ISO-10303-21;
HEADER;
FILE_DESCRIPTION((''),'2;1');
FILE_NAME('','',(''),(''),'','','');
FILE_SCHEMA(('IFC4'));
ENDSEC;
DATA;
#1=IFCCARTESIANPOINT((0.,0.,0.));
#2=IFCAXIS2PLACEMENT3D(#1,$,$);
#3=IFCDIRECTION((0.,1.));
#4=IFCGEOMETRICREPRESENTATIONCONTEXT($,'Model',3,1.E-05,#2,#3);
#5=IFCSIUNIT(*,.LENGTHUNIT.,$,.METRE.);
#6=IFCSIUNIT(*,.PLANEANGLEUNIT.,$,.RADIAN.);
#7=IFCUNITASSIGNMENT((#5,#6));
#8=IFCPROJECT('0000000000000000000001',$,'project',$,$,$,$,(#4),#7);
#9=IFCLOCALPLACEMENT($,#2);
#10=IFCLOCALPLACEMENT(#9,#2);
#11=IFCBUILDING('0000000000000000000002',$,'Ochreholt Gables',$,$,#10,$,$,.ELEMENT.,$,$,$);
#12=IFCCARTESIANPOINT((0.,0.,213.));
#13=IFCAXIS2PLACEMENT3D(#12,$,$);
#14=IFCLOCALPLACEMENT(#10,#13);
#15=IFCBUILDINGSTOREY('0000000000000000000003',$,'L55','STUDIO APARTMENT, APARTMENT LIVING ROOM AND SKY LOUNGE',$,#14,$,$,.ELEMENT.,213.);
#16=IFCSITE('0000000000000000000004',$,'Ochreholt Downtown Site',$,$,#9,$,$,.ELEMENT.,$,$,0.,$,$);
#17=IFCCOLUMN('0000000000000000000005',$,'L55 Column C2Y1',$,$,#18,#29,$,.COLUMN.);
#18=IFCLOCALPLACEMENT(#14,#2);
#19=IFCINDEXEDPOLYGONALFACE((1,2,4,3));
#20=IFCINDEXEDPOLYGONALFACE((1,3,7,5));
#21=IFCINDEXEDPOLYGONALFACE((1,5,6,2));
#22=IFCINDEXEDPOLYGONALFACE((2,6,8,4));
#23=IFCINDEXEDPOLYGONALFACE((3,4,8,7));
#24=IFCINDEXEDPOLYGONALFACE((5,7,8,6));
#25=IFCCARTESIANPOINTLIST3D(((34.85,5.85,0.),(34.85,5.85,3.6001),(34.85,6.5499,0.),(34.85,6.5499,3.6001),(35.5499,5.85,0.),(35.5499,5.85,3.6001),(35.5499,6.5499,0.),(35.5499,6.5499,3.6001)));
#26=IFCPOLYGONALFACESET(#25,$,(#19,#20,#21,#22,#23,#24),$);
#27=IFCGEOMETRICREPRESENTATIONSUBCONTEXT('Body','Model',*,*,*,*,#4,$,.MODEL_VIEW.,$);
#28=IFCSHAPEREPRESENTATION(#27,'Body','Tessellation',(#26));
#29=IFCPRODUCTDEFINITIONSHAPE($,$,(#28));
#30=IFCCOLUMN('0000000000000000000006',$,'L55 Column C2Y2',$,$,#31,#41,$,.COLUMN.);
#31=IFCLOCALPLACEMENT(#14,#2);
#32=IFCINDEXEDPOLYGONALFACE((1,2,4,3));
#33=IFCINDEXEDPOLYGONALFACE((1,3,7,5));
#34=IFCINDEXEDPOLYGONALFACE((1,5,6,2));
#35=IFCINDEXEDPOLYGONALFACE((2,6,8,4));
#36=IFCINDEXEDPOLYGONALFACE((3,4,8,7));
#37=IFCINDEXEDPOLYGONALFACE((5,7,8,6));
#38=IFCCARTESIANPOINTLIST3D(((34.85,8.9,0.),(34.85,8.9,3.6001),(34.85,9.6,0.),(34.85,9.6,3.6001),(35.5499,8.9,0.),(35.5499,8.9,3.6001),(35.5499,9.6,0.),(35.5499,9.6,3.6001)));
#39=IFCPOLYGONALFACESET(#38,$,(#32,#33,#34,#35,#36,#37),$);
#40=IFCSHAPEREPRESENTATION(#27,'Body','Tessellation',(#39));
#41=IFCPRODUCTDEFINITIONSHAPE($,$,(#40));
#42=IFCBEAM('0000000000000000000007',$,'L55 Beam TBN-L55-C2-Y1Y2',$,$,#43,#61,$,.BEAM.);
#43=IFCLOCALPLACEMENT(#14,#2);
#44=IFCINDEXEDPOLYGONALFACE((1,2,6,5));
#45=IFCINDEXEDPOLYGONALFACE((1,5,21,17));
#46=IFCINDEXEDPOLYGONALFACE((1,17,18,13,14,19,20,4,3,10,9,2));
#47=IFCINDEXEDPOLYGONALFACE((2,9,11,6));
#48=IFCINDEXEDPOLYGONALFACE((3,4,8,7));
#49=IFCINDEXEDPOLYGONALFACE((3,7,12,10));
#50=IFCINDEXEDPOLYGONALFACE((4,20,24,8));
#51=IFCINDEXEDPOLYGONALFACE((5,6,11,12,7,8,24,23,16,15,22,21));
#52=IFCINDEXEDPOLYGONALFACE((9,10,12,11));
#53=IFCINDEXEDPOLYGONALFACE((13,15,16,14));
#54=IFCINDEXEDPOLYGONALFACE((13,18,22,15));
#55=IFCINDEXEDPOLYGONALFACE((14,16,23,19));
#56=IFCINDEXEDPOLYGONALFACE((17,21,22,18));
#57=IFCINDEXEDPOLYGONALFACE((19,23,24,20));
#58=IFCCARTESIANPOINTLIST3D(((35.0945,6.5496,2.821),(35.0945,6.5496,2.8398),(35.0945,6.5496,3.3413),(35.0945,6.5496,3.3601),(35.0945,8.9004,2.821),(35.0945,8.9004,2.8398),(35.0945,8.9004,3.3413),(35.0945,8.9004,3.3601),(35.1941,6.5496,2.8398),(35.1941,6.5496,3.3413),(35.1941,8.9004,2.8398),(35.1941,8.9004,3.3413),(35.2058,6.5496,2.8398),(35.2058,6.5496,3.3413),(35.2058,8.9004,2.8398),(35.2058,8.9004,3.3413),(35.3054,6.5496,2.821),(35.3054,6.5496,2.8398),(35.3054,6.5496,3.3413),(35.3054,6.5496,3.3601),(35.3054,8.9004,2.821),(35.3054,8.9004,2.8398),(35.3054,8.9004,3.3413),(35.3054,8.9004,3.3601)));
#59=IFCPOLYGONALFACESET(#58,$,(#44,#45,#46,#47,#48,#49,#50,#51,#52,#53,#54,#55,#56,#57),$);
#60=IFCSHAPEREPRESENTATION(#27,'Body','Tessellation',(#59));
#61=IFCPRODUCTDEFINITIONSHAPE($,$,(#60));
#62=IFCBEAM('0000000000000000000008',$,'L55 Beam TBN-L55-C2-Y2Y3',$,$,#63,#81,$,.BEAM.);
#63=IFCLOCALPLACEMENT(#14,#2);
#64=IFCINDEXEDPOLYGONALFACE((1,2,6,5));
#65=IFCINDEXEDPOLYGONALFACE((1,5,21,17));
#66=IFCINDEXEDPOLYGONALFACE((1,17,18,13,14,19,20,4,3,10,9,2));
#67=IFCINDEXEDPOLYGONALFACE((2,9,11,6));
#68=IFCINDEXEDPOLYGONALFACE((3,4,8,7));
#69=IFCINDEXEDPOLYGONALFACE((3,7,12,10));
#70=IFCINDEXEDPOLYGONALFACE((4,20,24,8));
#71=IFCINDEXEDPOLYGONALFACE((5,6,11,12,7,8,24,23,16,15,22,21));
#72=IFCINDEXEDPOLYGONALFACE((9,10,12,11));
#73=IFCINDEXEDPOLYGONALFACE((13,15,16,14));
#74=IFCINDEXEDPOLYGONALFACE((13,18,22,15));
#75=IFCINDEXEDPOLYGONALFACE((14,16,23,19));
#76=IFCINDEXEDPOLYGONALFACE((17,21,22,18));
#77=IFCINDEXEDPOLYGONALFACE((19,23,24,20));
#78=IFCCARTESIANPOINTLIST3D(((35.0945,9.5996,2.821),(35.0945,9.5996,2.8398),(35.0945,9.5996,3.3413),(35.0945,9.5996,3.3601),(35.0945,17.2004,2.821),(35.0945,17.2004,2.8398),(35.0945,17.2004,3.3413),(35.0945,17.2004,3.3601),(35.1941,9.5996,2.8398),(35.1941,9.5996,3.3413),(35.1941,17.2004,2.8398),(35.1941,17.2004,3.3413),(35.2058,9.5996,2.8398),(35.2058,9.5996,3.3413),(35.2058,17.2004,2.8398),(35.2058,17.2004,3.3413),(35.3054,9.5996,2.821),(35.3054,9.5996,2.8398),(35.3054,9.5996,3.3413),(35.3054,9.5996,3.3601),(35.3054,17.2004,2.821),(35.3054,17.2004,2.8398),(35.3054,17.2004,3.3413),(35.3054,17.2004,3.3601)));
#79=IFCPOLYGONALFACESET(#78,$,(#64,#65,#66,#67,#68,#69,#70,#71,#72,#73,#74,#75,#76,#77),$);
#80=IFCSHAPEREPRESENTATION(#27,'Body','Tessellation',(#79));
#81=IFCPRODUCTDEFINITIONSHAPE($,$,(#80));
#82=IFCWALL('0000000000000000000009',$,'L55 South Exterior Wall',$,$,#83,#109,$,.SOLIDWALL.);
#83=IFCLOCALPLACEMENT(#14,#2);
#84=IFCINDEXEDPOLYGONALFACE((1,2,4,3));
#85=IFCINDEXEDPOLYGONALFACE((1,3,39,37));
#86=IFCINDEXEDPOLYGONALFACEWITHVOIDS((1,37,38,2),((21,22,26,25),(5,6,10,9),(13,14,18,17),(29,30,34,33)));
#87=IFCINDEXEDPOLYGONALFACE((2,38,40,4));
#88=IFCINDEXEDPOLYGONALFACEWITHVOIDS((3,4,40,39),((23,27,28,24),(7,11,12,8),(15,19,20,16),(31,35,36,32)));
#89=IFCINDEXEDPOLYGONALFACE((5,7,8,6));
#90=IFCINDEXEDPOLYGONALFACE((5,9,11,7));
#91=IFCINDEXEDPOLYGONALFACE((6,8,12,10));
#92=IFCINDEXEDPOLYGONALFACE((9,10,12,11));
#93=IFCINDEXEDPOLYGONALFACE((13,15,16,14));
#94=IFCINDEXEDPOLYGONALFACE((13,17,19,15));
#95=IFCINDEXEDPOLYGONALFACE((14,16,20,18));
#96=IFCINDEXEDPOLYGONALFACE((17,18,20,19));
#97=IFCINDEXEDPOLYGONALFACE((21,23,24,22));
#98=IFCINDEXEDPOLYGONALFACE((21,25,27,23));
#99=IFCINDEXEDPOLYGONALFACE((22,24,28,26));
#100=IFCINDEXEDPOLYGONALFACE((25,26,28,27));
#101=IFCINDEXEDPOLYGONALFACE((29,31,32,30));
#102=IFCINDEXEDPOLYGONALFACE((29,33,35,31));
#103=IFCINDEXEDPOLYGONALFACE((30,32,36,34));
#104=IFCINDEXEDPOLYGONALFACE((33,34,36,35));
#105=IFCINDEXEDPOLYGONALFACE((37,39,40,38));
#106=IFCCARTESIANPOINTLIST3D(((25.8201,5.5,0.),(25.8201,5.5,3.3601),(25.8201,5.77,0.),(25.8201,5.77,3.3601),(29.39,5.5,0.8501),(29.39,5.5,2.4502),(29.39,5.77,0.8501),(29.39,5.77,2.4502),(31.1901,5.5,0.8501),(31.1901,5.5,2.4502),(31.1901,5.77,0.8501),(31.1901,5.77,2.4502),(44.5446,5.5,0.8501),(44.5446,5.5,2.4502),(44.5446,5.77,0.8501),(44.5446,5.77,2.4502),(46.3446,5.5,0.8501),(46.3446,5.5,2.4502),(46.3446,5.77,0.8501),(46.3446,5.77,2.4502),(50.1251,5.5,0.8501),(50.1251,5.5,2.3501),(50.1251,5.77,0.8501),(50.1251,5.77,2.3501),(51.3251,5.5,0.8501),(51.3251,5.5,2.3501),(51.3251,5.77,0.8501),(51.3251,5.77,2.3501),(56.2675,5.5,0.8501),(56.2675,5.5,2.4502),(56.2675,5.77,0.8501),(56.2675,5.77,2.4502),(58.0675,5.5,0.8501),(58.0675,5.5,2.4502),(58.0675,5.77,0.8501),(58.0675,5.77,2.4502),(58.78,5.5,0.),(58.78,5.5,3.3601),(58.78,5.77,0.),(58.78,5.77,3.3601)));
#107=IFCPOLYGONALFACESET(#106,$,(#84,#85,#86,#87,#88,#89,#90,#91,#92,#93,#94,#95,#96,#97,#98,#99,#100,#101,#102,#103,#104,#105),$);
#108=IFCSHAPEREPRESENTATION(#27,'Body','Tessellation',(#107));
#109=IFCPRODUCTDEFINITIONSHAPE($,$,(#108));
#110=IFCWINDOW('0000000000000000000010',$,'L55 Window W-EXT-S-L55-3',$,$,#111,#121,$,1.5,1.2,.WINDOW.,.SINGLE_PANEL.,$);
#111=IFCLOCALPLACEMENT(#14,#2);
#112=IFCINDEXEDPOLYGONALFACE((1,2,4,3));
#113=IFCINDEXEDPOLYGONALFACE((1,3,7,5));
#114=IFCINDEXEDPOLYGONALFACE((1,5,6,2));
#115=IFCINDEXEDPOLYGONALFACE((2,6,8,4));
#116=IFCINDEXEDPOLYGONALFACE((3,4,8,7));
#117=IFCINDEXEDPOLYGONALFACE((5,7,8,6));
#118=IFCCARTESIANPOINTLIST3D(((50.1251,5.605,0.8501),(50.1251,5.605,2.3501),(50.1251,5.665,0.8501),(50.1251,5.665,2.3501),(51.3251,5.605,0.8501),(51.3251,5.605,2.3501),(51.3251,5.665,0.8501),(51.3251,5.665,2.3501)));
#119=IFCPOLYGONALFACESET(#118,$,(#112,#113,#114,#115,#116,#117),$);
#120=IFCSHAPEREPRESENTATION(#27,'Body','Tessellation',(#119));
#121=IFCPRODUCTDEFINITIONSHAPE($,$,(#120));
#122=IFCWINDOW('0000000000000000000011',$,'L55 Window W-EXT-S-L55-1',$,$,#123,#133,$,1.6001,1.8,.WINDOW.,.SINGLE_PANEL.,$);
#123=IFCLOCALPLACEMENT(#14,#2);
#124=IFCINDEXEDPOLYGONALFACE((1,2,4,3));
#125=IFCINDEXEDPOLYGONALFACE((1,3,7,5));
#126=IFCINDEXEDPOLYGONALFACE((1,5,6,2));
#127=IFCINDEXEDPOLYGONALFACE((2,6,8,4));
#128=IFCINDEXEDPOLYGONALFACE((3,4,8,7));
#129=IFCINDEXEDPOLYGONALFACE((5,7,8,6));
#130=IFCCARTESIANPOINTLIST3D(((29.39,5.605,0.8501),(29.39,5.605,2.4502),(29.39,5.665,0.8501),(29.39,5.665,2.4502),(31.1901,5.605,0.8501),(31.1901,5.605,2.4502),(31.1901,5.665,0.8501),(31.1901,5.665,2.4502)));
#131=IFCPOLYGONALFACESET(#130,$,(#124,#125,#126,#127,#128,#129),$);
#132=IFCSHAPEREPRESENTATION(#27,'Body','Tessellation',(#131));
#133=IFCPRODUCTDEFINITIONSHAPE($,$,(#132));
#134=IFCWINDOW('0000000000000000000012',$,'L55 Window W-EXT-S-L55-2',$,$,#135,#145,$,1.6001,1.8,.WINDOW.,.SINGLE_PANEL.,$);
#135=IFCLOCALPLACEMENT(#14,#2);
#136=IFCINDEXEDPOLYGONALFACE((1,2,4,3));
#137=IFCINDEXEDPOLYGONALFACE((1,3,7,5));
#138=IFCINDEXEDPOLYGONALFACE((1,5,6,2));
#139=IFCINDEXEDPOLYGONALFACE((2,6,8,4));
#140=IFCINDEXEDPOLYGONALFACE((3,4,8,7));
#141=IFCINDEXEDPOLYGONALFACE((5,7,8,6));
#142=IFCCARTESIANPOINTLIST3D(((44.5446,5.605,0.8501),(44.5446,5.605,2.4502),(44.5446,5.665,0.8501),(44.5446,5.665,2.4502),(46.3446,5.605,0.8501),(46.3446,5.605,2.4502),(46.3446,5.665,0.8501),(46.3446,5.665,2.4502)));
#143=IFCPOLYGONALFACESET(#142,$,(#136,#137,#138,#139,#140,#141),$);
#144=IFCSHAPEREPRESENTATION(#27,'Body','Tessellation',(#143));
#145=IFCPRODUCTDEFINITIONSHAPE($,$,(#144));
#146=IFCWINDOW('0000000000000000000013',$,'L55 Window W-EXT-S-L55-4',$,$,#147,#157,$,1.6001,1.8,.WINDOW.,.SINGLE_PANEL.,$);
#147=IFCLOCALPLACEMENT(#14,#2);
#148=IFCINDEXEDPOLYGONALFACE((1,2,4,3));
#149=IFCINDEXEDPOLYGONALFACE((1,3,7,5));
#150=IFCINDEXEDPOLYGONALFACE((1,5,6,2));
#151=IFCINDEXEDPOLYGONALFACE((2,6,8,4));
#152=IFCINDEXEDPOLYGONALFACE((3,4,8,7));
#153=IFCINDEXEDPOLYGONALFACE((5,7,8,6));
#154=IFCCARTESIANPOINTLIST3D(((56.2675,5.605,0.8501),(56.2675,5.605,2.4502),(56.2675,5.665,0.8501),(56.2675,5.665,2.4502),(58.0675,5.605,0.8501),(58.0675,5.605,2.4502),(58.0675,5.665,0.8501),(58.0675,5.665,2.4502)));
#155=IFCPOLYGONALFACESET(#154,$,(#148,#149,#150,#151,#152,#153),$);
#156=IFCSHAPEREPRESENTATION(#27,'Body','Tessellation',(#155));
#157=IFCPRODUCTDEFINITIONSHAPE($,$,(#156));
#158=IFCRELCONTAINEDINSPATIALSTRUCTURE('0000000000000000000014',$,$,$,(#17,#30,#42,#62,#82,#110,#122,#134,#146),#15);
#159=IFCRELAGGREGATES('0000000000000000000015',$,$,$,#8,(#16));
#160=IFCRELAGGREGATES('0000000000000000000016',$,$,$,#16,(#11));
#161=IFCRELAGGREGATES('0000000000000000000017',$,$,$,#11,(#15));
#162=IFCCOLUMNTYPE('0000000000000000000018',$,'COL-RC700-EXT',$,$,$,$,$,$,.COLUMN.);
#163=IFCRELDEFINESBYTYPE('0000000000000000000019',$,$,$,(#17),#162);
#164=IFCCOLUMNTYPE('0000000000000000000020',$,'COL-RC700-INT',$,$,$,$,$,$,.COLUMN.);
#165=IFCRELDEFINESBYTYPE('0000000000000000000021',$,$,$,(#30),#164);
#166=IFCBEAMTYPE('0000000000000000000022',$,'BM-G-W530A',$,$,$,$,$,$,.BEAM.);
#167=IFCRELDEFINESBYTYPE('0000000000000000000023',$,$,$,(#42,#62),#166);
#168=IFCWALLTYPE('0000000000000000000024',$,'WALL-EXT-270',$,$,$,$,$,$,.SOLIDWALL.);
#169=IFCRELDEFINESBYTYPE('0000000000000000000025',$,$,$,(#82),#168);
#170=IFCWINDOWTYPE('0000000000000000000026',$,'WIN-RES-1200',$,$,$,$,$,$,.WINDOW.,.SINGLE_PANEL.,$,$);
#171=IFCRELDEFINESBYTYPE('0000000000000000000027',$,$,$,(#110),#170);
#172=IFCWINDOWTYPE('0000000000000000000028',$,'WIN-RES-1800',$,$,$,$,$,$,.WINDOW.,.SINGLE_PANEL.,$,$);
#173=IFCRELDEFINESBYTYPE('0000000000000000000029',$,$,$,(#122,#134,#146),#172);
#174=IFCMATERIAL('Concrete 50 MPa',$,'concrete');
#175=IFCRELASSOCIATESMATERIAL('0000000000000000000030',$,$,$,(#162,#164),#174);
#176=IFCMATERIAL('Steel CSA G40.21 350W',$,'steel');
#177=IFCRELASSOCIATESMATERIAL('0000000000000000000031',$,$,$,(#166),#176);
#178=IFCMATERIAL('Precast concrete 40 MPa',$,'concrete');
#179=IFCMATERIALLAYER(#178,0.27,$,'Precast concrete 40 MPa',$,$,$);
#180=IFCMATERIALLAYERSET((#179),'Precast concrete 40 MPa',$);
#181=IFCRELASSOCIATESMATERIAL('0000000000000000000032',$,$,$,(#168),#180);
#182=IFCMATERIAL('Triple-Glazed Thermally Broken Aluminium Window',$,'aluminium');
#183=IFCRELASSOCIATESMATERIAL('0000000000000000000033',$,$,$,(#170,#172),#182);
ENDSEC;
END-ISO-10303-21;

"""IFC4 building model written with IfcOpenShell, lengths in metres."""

from ifc_helpers import new_model, si_unit, direction, frame, frame_2d, origin, origin_2d, place, context, subcontext, project, spatial, rectangle, i_section, extrude, material, layer, layer_set, material_profile, profile_set, type_object, element, fill, save


model = new_model("IFC4")

# Units and contexts
model_context = context("Model", 3, precision=1e-05, world=origin(), true_north=direction((0.0, 1.0)))
body_context = subcontext(model_context, "Body", "Model", "MODEL_VIEW")
ifc_project = project(units=[si_unit("LENGTHUNIT", "METRE"), si_unit("PLANEANGLEUNIT", "RADIAN")], contexts=[model_context])

# Site, building, storey
site_placement = place(None, origin())
site = spatial("IfcSite", under=ifc_project, at=site_placement, Name="Ochreholt Downtown Site", CompositionType="ELEMENT", RefElevation=0.0)
building_placement = place(site_placement, origin())
building = spatial("IfcBuilding", under=site, at=building_placement, Name="Ochreholt Gables", CompositionType="ELEMENT")
storey_placement = place(building_placement, frame((0.0, 0.0, 213.0)))
storey = spatial("IfcBuildingStorey", under=building, at=storey_placement, Name="L55", Description="STUDIO APARTMENT, APARTMENT LIVING ROOM AND SKY LOUNGE", CompositionType="ELEMENT", Elevation=213.0)

# Columns
ifc_material_1 = material(Name="Concrete 50 MPa", Category="concrete")
ifc_material_profile_1 = material_profile(ifc_material_1, rectangle(XDim=0.7, YDim=0.7, at=origin_2d()), Name="RC700X700")
ifc_profile_set_1 = profile_set([ifc_material_profile_1], Name="Concrete 50 MPa")
column_type_1 = type_object("IfcColumnType", Name="COL-RC700-EXT", PredefinedType="COLUMN", material=ifc_profile_set_1)
column_1_placement = place(storey_placement, frame((35.2, 6.2, 0.0), z_axis=(0.0, 0.0, 1.0), x_axis=(1.0, 0.0, 0.0)))
element("IfcColumn", 1, at=column_1_placement, inside=storey, type_object=column_type_1, Name="L55 Column C2Y1", PredefinedType="COLUMN", context=body_context, shape_type="SweptSolid", body=[
    extrude(rectangle(XDim=0.7, YDim=0.7, at=origin_2d()), origin(), (0.0, 0.0, 1.0), 3.6001),
])
ifc_material_profile_2 = material_profile(ifc_material_1, rectangle(XDim=0.7, YDim=0.7, at=origin_2d()), Name="RC700X700")
ifc_profile_set_2 = profile_set([ifc_material_profile_2], Name="Concrete 50 MPa")
column_type_2 = type_object("IfcColumnType", Name="COL-RC700-INT", PredefinedType="COLUMN", material=ifc_profile_set_2)
column_2_placement = place(storey_placement, frame((35.2, 9.25, 0.0), z_axis=(0.0, 0.0, 1.0), x_axis=(1.0, 0.0, 0.0)))
element("IfcColumn", 2, at=column_2_placement, inside=storey, type_object=column_type_2, Name="L55 Column C2Y2", PredefinedType="COLUMN", context=body_context, shape_type="SweptSolid", body=[
    extrude(rectangle(XDim=0.7, YDim=0.7, at=origin_2d()), origin(), (0.0, 0.0, 1.0), 3.6001),
])

# Beams
ifc_material_2 = material(Name="Steel CSA G40.21 350W", Category="steel")
ifc_material_profile_3 = material_profile(ifc_material_2, i_section(OverallWidth=0.2109, OverallDepth=0.5391, WebThickness=0.0117, FlangeThickness=0.0188, at=origin_2d()), Name="W530X109")
ifc_profile_set_3 = profile_set([ifc_material_profile_3], Name="Steel CSA G40.21 350W")
beam_type = type_object("IfcBeamType", Name="BM-G-W530A", PredefinedType="BEAM", material=ifc_profile_set_3)
beam_1_placement = place(storey_placement, frame((35.2, 6.5496, 3.0906), z_axis=(0.0, 1.0, 0.0), x_axis=(-1.0, 0.0, 0.0)))
element("IfcBeam", 3, at=beam_1_placement, inside=storey, type_object=beam_type, Name="L55 Beam TBN-L55-C2-Y1Y2", PredefinedType="BEAM", context=body_context, shape_type="SweptSolid", body=[
    extrude(i_section(OverallWidth=0.2109, OverallDepth=0.5391, WebThickness=0.0117, FlangeThickness=0.0188, at=origin_2d()), origin(), (0.0, 0.0, 1.0), 2.3508),
])
beam_2_placement = place(storey_placement, frame((35.2, 9.5996, 3.0906), z_axis=(0.0, 1.0, 0.0), x_axis=(-1.0, 0.0, 0.0)))
element("IfcBeam", 4, at=beam_2_placement, inside=storey, type_object=beam_type, Name="L55 Beam TBN-L55-C2-Y2Y3", PredefinedType="BEAM", context=body_context, shape_type="SweptSolid", body=[
    extrude(i_section(OverallWidth=0.2109, OverallDepth=0.5391, WebThickness=0.0117, FlangeThickness=0.0188, at=origin_2d()), origin(), (0.0, 0.0, 1.0), 7.6008),
])

# Wall, openings, windows
ifc_material_3 = material(Name="Precast concrete 40 MPa", Category="concrete")
ifc_layer_1 = layer(ifc_material_3, 0.27, Name="Precast concrete 40 MPa")
ifc_layer_set_1 = layer_set([ifc_layer_1], Name="Precast concrete 40 MPa")
wall_type_1 = type_object("IfcWallType", Name="WALL-EXT-270", PredefinedType="SOLIDWALL", material=ifc_layer_set_1)
wall_1_placement = place(storey_placement, frame((25.8201, 5.635, 0.0), z_axis=(0.0, 0.0, 1.0), x_axis=(1.0, 0.0, 0.0)))
wall_1 = element("IfcWall", 5, at=wall_1_placement, inside=storey, type_object=wall_type_1, Name="L55 South Exterior Wall", PredefinedType="SOLIDWALL", context=body_context, shape_type="SweptSolid", body=[
    extrude(rectangle(XDim=32.96, YDim=0.27, at=frame_2d((16.48, 0.0))), origin(), (0.0, 0.0, 1.0), 3.3601),
])
opening_1_placement = place(wall_1_placement, frame((3.5701, 0.0, 0.8501)))
opening_1 = element("IfcOpeningElement", 6, at=opening_1_placement, cuts=wall_1, PredefinedType="OPENING", context=body_context, shape_type="SweptSolid", body=[
    extrude(rectangle(XDim=1.8, YDim=1.6001, at=frame_2d((0.8999, 0.8))), frame((0.0, 0.145, 0.0), z_axis=(0.0, -1.0, 0.0), x_axis=(1.0, 0.0, 0.0)), (0.0, 0.0, 1.0), 0.29),
])
opening_2_placement = place(wall_1_placement, frame((18.7246, 0.0, 0.8501)))
opening_2 = element("IfcOpeningElement", 7, at=opening_2_placement, cuts=wall_1, PredefinedType="OPENING", context=body_context, shape_type="SweptSolid", body=[
    extrude(rectangle(XDim=1.8, YDim=1.6001, at=frame_2d((0.8999, 0.8))), frame((0.0, 0.145, 0.0), z_axis=(0.0, -1.0, 0.0), x_axis=(1.0, 0.0, 0.0)), (0.0, 0.0, 1.0), 0.29),
])
opening_3_placement = place(wall_1_placement, frame((24.3049, 0.0, 0.8501)))
opening_3 = element("IfcOpeningElement", 8, at=opening_3_placement, cuts=wall_1, PredefinedType="OPENING", context=body_context, shape_type="SweptSolid", body=[
    extrude(rectangle(XDim=1.2, YDim=1.5, at=frame_2d((0.6001, 0.75))), frame((0.0, 0.145, 0.0), z_axis=(0.0, -1.0, 0.0), x_axis=(1.0, 0.0, 0.0)), (0.0, 0.0, 1.0), 0.29),
])
opening_4_placement = place(wall_1_placement, frame((30.4475, 0.0, 0.8501)))
opening_4 = element("IfcOpeningElement", 9, at=opening_4_placement, cuts=wall_1, PredefinedType="OPENING", context=body_context, shape_type="SweptSolid", body=[
    extrude(rectangle(XDim=1.8, YDim=1.6001, at=frame_2d((0.8999, 0.8))), frame((0.0, 0.145, 0.0), z_axis=(0.0, -1.0, 0.0), x_axis=(1.0, 0.0, 0.0)), (0.0, 0.0, 1.0), 0.29),
])
ifc_material_4 = material(Name="Triple-Glazed Thermally Broken Aluminium Window", Category="aluminium")
window_type_1 = type_object("IfcWindowType", Name="WIN-RES-1200", PartitioningType="SINGLE_PANEL", PredefinedType="WINDOW", material=ifc_material_4)
window_1_placement = place(opening_3_placement, origin())
window_1 = element("IfcWindow", 10, at=window_1_placement, inside=storey, type_object=window_type_1, Name="L55 Window W-EXT-S-L55-3", OverallHeight=1.5, OverallWidth=1.2, PartitioningType="SINGLE_PANEL", PredefinedType="WINDOW", context=body_context, shape_type="SweptSolid", body=[
    extrude(rectangle(XDim=1.2, YDim=1.5, at=frame_2d((0.6001, 0.75))), frame((0.0, 0.03, 0.0), z_axis=(0.0, -1.0, 0.0), x_axis=(1.0, 0.0, 0.0)), (0.0, 0.0, 1.0), 0.0601),
])
fill(opening_3, window_1)
window_type_2 = type_object("IfcWindowType", Name="WIN-RES-1800", PartitioningType="SINGLE_PANEL", PredefinedType="WINDOW", material=ifc_material_4)
window_2_placement = place(opening_1_placement, origin())
window_2 = element("IfcWindow", 11, at=window_2_placement, inside=storey, type_object=window_type_2, Name="L55 Window W-EXT-S-L55-1", OverallHeight=1.6001, OverallWidth=1.8, PartitioningType="SINGLE_PANEL", PredefinedType="WINDOW", context=body_context, shape_type="SweptSolid", body=[
    extrude(rectangle(XDim=1.8, YDim=1.6001, at=frame_2d((0.8999, 0.8))), frame((0.0, 0.03, 0.0), z_axis=(0.0, -1.0, 0.0), x_axis=(1.0, 0.0, 0.0)), (0.0, 0.0, 1.0), 0.0601),
])
fill(opening_1, window_2)
window_3_placement = place(opening_2_placement, origin())
window_3 = element("IfcWindow", 12, at=window_3_placement, inside=storey, type_object=window_type_2, Name="L55 Window W-EXT-S-L55-2", OverallHeight=1.6001, OverallWidth=1.8, PartitioningType="SINGLE_PANEL", PredefinedType="WINDOW", context=body_context, shape_type="SweptSolid", body=[
    extrude(rectangle(XDim=1.8, YDim=1.6001, at=frame_2d((0.8999, 0.8))), frame((0.0, 0.03, 0.0), z_axis=(0.0, -1.0, 0.0), x_axis=(1.0, 0.0, 0.0)), (0.0, 0.0, 1.0), 0.0601),
])
fill(opening_2, window_3)
window_4_placement = place(opening_4_placement, origin())
window_4 = element("IfcWindow", 13, at=window_4_placement, inside=storey, type_object=window_type_2, Name="L55 Window W-EXT-S-L55-4", OverallHeight=1.6001, OverallWidth=1.8, PartitioningType="SINGLE_PANEL", PredefinedType="WINDOW", context=body_context, shape_type="SweptSolid", body=[
    extrude(rectangle(XDim=1.8, YDim=1.6001, at=frame_2d((0.8999, 0.8))), frame((0.0, 0.03, 0.0), z_axis=(0.0, -1.0, 0.0), x_axis=(1.0, 0.0, 0.0)), (0.0, 0.0, 1.0), 0.0601),
])
fill(opening_4, window_4)

save(model, "model.ifc")
